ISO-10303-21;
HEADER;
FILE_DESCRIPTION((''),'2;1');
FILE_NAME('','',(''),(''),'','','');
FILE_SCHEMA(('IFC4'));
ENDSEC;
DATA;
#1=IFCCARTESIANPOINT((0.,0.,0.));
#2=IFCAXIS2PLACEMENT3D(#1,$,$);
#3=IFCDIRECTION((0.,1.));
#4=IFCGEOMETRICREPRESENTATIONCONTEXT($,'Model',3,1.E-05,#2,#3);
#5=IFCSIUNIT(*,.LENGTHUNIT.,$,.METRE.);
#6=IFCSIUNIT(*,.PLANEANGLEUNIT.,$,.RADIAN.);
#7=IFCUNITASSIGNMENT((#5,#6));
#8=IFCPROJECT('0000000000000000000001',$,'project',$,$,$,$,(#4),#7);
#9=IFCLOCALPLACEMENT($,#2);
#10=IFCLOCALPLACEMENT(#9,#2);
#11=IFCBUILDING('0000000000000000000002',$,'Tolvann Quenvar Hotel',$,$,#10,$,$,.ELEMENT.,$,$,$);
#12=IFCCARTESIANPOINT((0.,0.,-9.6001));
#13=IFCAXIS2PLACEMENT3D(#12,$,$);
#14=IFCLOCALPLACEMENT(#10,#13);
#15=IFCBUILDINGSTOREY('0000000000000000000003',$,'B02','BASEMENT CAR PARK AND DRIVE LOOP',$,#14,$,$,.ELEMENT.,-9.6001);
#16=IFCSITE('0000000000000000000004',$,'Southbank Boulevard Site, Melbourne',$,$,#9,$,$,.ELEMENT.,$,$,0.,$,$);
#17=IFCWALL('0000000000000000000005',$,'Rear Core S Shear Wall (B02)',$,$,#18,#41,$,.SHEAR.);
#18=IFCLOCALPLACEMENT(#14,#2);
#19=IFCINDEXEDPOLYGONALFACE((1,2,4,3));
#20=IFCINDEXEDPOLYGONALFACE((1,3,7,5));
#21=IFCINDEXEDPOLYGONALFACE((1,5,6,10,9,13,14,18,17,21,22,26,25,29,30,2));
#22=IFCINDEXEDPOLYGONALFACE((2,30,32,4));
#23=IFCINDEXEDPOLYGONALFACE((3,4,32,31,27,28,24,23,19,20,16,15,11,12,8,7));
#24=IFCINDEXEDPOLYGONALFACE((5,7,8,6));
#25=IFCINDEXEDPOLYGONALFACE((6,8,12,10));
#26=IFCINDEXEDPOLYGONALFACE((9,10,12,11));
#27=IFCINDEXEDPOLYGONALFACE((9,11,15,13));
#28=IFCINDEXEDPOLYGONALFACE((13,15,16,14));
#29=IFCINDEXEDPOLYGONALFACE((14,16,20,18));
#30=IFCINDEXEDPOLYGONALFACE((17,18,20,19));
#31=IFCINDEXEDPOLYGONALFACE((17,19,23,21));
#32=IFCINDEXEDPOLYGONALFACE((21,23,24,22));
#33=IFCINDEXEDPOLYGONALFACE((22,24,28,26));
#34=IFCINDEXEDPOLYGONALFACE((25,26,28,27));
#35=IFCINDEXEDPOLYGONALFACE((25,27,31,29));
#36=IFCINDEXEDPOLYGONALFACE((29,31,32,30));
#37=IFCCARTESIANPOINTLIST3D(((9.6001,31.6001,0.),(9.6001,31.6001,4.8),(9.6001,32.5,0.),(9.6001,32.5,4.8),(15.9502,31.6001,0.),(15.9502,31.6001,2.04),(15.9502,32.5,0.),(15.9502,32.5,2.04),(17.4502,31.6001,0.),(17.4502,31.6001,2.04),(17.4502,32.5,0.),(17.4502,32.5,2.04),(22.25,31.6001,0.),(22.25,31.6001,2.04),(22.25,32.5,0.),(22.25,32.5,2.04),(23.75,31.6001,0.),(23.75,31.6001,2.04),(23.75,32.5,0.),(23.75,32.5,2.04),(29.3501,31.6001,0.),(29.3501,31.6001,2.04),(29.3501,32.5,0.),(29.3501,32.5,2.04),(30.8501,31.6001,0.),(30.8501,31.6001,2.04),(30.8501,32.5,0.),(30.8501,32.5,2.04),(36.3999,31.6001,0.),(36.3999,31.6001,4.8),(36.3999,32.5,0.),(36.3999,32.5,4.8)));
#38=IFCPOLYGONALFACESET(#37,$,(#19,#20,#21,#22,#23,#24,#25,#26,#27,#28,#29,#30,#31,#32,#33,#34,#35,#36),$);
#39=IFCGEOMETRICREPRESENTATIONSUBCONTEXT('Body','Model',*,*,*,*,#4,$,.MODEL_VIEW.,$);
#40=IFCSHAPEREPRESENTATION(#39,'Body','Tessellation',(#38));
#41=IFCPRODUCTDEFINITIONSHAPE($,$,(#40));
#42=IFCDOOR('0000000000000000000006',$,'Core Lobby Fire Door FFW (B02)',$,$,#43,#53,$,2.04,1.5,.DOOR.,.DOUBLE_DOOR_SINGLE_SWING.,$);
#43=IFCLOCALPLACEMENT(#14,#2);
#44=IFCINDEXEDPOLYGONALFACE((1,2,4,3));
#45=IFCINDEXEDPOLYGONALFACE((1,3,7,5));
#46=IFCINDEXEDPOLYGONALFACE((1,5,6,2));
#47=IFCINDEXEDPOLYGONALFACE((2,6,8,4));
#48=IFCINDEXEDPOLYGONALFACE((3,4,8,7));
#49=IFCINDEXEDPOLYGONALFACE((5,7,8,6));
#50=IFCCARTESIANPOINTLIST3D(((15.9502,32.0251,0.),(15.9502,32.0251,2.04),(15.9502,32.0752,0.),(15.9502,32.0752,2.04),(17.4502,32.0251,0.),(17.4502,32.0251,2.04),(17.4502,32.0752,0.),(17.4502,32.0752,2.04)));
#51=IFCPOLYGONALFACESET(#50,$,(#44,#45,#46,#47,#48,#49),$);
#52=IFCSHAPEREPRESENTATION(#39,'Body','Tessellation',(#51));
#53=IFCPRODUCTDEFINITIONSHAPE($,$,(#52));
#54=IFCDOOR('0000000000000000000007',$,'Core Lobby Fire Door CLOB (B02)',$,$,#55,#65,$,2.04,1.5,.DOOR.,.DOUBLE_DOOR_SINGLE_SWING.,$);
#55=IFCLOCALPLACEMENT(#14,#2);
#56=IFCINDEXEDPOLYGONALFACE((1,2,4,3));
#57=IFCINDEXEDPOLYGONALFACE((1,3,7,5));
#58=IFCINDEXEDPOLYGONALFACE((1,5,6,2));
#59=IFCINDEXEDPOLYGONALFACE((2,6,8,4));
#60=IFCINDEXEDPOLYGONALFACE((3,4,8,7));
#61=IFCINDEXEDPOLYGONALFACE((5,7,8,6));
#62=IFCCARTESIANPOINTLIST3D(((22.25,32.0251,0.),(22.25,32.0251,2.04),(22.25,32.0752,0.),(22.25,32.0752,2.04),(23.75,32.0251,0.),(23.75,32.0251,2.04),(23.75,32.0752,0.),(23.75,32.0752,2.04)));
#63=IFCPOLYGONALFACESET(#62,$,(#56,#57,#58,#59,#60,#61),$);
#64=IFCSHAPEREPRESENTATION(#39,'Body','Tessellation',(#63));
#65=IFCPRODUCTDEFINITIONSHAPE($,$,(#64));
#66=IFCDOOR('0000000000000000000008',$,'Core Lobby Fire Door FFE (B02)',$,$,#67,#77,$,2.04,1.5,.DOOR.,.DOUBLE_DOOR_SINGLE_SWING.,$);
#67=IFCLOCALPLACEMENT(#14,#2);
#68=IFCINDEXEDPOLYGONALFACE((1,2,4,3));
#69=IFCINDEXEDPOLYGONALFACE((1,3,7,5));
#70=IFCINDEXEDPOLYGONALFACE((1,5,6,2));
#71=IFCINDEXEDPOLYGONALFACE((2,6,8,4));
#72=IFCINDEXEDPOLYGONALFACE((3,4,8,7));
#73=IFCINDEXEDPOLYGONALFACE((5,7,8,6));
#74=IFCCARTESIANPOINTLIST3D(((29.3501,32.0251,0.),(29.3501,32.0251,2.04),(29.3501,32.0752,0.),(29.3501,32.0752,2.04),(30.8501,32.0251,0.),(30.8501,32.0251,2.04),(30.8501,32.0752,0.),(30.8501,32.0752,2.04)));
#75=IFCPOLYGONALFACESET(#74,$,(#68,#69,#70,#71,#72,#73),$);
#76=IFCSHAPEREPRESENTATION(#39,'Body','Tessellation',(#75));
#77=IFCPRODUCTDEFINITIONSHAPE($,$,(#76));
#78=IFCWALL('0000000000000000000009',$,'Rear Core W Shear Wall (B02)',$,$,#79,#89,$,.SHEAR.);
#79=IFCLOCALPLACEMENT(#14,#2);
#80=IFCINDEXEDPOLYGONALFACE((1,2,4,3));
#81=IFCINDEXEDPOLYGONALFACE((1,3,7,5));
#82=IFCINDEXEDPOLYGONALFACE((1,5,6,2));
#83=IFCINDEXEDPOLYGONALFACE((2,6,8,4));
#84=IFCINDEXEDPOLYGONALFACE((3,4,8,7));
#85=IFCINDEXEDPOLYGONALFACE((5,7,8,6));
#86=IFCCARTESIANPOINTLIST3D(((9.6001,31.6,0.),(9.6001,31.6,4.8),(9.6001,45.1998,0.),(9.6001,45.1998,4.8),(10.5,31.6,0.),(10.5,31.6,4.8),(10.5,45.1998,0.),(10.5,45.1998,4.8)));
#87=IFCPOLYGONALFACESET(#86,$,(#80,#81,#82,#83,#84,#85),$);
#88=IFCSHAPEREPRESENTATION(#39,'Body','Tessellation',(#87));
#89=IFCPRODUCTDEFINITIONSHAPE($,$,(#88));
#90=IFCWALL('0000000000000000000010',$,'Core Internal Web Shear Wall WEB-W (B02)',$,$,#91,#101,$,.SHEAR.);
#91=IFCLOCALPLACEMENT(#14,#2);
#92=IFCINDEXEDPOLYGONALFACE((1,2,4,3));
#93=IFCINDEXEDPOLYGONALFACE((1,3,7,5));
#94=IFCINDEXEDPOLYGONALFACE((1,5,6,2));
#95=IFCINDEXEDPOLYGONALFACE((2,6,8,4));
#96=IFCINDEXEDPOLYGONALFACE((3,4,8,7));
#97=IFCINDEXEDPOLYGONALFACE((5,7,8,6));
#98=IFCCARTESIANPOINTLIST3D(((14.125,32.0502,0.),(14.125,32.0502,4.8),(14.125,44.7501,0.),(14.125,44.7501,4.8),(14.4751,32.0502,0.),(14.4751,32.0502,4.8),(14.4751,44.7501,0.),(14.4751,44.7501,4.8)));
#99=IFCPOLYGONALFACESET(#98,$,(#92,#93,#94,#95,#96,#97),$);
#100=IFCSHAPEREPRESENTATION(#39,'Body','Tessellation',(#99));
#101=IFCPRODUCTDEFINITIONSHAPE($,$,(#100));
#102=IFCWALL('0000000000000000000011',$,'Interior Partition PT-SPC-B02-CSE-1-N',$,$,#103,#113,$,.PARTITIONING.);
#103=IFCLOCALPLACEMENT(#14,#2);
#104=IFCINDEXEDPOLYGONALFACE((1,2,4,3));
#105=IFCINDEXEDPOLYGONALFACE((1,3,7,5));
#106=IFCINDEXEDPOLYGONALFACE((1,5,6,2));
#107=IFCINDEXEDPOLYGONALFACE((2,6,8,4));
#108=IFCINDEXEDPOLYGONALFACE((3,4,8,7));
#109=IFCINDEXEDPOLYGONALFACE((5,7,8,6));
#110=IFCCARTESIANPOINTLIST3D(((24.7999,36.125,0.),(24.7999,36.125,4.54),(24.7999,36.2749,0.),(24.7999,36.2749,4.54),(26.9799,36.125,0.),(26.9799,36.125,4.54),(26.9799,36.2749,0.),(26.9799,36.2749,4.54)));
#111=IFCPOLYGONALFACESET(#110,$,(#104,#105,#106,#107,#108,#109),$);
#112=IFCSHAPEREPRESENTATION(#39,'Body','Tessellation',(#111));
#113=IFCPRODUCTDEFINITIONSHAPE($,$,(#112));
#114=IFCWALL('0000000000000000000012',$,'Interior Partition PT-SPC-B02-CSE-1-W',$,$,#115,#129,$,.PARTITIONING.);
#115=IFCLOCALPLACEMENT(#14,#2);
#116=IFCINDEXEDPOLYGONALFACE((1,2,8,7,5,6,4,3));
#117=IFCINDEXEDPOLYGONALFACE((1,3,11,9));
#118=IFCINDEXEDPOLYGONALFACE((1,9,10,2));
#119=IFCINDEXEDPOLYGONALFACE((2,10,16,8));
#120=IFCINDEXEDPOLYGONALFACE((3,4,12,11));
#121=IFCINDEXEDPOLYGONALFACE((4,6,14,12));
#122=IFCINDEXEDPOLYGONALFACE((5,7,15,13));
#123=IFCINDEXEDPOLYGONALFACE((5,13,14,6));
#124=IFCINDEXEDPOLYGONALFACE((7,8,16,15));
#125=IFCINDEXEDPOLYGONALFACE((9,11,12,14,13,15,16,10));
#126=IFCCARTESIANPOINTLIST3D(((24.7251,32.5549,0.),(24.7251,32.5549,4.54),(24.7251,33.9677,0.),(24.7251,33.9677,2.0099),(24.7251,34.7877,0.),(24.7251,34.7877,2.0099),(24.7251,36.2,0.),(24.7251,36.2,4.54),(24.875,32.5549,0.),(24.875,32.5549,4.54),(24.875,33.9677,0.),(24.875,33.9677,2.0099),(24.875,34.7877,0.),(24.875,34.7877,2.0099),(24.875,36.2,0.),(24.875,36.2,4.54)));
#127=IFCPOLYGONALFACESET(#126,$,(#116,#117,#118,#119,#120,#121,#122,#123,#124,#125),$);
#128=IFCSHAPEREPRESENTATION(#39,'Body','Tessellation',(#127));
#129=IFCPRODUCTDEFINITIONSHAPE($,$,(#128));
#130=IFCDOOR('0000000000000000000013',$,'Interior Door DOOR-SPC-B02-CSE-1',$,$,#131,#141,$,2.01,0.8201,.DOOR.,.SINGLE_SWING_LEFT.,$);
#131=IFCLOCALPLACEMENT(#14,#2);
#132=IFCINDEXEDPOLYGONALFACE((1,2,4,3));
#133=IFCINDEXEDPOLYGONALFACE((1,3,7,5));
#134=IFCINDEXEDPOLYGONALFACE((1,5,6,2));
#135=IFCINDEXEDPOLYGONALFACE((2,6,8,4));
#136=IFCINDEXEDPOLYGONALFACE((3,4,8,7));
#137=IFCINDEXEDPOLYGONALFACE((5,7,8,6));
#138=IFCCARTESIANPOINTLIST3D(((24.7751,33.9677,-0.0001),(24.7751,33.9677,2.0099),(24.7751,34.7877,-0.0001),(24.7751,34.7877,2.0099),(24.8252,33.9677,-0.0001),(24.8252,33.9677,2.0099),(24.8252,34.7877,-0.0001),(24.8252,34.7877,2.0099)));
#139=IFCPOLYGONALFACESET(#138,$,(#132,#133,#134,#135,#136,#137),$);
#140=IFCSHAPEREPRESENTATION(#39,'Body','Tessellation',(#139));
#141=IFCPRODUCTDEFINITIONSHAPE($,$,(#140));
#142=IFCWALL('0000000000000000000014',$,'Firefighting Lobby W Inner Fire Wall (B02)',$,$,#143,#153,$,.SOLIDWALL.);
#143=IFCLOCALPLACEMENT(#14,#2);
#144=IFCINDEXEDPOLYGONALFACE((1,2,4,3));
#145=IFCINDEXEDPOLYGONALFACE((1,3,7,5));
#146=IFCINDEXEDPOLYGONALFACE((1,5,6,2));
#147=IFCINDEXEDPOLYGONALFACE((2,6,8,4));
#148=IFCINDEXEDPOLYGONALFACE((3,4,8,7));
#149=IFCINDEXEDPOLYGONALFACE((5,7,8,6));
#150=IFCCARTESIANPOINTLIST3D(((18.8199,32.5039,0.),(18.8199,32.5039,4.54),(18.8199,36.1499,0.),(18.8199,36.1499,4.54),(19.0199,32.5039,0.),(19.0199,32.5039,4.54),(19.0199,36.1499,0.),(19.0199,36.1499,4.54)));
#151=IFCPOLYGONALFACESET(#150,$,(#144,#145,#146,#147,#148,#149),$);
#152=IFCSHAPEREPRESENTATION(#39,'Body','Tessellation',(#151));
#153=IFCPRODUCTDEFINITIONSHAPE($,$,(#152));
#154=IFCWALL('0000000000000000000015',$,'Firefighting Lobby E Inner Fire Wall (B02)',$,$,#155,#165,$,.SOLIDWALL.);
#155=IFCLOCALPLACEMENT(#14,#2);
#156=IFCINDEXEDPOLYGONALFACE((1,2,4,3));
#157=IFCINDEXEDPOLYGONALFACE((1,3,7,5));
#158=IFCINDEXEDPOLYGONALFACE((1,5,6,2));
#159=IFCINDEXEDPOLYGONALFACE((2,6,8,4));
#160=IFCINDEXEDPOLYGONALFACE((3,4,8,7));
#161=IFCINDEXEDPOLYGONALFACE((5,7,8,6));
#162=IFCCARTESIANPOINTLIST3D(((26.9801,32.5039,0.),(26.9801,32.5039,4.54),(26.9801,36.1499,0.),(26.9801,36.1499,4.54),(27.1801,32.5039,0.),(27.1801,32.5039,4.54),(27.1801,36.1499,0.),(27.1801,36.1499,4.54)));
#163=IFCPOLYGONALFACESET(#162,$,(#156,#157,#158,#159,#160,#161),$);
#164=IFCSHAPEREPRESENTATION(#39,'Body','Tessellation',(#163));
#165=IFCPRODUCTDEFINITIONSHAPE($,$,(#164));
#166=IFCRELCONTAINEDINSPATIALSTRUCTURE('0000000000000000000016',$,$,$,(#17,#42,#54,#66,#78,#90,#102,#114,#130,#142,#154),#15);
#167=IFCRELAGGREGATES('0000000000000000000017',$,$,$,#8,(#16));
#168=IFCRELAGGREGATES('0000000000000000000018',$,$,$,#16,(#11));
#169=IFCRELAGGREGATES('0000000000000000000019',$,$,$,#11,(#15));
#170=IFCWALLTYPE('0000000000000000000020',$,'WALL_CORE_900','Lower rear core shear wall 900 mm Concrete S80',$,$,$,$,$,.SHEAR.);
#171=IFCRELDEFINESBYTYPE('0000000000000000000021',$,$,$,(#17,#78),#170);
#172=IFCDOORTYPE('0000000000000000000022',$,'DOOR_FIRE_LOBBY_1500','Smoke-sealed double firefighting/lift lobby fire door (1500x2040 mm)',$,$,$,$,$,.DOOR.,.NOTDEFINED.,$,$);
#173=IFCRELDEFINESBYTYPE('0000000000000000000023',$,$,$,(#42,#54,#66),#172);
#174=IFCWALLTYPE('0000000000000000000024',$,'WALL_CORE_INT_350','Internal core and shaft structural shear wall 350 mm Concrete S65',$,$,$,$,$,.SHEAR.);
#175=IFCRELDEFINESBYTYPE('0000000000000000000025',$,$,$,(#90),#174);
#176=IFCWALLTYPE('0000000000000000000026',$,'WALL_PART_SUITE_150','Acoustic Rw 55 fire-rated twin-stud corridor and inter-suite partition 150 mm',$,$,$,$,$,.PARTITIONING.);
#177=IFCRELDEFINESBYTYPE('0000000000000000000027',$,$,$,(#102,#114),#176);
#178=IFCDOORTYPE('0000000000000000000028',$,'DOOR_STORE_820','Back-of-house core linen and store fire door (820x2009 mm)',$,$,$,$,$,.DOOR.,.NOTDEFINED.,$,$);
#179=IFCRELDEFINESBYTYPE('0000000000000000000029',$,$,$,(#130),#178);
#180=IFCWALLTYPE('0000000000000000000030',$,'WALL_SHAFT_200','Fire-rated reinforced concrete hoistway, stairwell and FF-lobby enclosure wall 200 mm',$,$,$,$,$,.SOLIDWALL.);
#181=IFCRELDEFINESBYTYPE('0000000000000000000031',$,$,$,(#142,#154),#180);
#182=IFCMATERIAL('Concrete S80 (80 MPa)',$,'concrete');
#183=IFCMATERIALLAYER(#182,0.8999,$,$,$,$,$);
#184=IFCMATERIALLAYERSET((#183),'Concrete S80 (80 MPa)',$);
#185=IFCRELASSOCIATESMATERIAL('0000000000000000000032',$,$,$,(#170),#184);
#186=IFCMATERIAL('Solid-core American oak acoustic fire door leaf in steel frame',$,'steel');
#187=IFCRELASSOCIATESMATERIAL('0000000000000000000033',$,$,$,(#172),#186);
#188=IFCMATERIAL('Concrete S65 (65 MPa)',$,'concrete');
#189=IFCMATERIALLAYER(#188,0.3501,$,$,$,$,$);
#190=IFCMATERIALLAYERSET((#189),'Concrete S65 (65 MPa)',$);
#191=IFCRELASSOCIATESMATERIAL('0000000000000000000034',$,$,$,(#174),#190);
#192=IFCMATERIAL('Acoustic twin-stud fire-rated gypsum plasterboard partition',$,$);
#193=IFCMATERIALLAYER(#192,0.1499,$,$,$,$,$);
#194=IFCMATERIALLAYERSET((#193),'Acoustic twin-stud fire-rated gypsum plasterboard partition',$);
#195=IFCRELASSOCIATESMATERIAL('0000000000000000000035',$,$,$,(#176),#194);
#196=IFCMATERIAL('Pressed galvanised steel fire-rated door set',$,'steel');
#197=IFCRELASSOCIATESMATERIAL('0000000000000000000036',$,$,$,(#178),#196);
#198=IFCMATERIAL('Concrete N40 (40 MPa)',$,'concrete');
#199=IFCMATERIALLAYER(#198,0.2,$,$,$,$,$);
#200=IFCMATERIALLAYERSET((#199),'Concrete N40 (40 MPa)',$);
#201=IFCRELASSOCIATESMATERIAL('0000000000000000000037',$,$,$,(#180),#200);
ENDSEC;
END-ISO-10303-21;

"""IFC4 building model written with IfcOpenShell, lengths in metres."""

from ifc_helpers import new_model, si_unit, direction, frame, frame_2d, origin, place, context, subcontext, project, spatial, rectangle, extrude, source, transform, mapped, material, layer, layer_set, type_object, type_shapes, element, fill, save


model = new_model("IFC4")

# Units and contexts
model_context = context("Model", 3, precision=1e-05, world=origin(), true_north=direction((0.0, 1.0)))
body_context = subcontext(model_context, "Body", "Model", "MODEL_VIEW")
ifc_project = project(units=[si_unit("LENGTHUNIT", "METRE"), si_unit("PLANEANGLEUNIT", "RADIAN")], contexts=[model_context])

# Site, building, storey
site_placement = place(None, origin())
site = spatial("IfcSite", under=ifc_project, at=site_placement, Name="Southbank Boulevard Site, Melbourne", CompositionType="ELEMENT", RefElevation=0.0)
building_placement = place(site_placement, origin())
building = spatial("IfcBuilding", under=site, at=building_placement, Name="Tolvann Quenvar Hotel", CompositionType="ELEMENT")
storey_placement = place(building_placement, frame((0.0, 0.0, -9.6001)))
storey = spatial("IfcBuildingStorey", under=building, at=storey_placement, Name="B02", Description="BASEMENT CAR PARK AND DRIVE LOOP", CompositionType="ELEMENT", Elevation=-9.6001)

# Shared definitions
ifc_material_1 = material(Name="Concrete S80 (80 MPa)", Category="concrete")

# Wall, openings, doors
ifc_layer_1 = layer(ifc_material_1, 0.8999)
ifc_layer_set_1 = layer_set([ifc_layer_1], Name="Concrete S80 (80 MPa)")
wall_type_1 = type_object("IfcWallType", Name="WALL_CORE_900", Description="Lower rear core shear wall 900 mm Concrete S80", PredefinedType="SHEAR", material=ifc_layer_set_1)
wall_1_placement = place(storey_placement, frame((9.6001, 32.05, 0.0), z_axis=(0.0, 0.0, 1.0), x_axis=(1.0, 0.0, 0.0)))
wall_1 = element("IfcWall", 1, at=wall_1_placement, inside=storey, type_object=wall_type_1, Name="Rear Core S Shear Wall (B02)", PredefinedType="SHEAR", context=body_context, shape_type="SweptSolid", body=[
    extrude(rectangle(XDim=26.7998, YDim=0.8999, at=frame_2d((13.3999, 0.0))), origin(), (0.0, 0.0, 1.0), 4.8),
])
opening_1_placement = place(wall_1_placement, frame((7.8501, 0.0, 0.0), z_axis=(0.0, 0.0, 1.0), x_axis=(-1.0, 0.0, 0.0)))
opening_1 = element("IfcOpeningElement", 2, at=opening_1_placement, cuts=wall_1, PredefinedType="OPENING", context=body_context, shape_type="SweptSolid", body=[
    extrude(rectangle(XDim=1.5, YDim=2.04, at=frame_2d((0.75, 1.02))), frame((0.0, 0.46, 0.0), z_axis=(0.0, -1.0, 0.0), x_axis=(1.0, 0.0, 0.0)), (0.0, 0.0, 1.0), 0.9199),
])
opening_2_placement = place(wall_1_placement, frame((14.1499, 0.0, 0.0), z_axis=(0.0, 0.0, 1.0), x_axis=(-1.0, 0.0, 0.0)))
opening_2 = element("IfcOpeningElement", 3, at=opening_2_placement, cuts=wall_1, PredefinedType="OPENING", context=body_context, shape_type="SweptSolid", body=[
    extrude(rectangle(XDim=1.5, YDim=2.04, at=frame_2d((0.75, 1.02))), frame((0.0, 0.46, 0.0), z_axis=(0.0, -1.0, 0.0), x_axis=(1.0, 0.0, 0.0)), (0.0, 0.0, 1.0), 0.9199),
])
opening_3_placement = place(wall_1_placement, frame((21.25, 0.0, 0.0), z_axis=(0.0, 0.0, 1.0), x_axis=(-1.0, 0.0, 0.0)))
opening_3 = element("IfcOpeningElement", 4, at=opening_3_placement, cuts=wall_1, PredefinedType="OPENING", context=body_context, shape_type="SweptSolid", body=[
    extrude(rectangle(XDim=1.5, YDim=2.04, at=frame_2d((0.75, 1.02))), frame((0.0, 0.46, 0.0), z_axis=(0.0, -1.0, 0.0), x_axis=(1.0, 0.0, 0.0)), (0.0, 0.0, 1.0), 0.9199),
])
ifc_material_2 = material(Name="Solid-core American oak acoustic fire door leaf in steel frame", Category="steel")
door_type_1 = type_object("IfcDoorType", Name="DOOR_FIRE_LOBBY_1500", Description="Smoke-sealed double firefighting/lift lobby fire door (1500x2040 mm)", OperationType="NOTDEFINED", PredefinedType="DOOR", material=ifc_material_2)
shared_shape_1 = source(origin(), body_context, "Body", "SweptSolid", [
    extrude(rectangle(XDim=1.5, YDim=2.04, at=frame_2d((0.75, 1.02))), frame((0.0, 0.0249, 0.0), z_axis=(0.0, -1.0, 0.0), x_axis=(1.0, 0.0, 0.0)), (0.0, 0.0, 1.0), 0.05),
])
type_shapes(door_type_1, [shared_shape_1])
door_1_placement = place(opening_1_placement, origin())
door_1 = element("IfcDoor", 5, at=door_1_placement, inside=storey, type_object=door_type_1, Name="Core Lobby Fire Door FFW (B02)", OperationType="DOUBLE_DOOR_SINGLE_SWING", OverallHeight=2.04, OverallWidth=1.5, PredefinedType="DOOR", context=body_context, shape_type="MappedRepresentation", body=[
    mapped(shared_shape_1, transform((0.0, 0.0, 0.0), x_axis=(1.0, 0.0, 0.0), y_axis=(0.0, 1.0, 0.0), z_axis=(0.0, 0.0, 1.0), scale=1.0)),
])
fill(opening_1, door_1)
door_2_placement = place(opening_2_placement, origin())
door_2 = element("IfcDoor", 6, at=door_2_placement, inside=storey, type_object=door_type_1, Name="Core Lobby Fire Door CLOB (B02)", OperationType="DOUBLE_DOOR_SINGLE_SWING", OverallHeight=2.04, OverallWidth=1.5, PredefinedType="DOOR", context=body_context, shape_type="MappedRepresentation", body=[
    mapped(shared_shape_1, transform((0.0, 0.0, 0.0), x_axis=(1.0, 0.0, 0.0), y_axis=(0.0, 1.0, 0.0), z_axis=(0.0, 0.0, 1.0), scale=1.0)),
])
fill(opening_2, door_2)
door_3_placement = place(opening_3_placement, origin())
door_3 = element("IfcDoor", 7, at=door_3_placement, inside=storey, type_object=door_type_1, Name="Core Lobby Fire Door FFE (B02)", OperationType="DOUBLE_DOOR_SINGLE_SWING", OverallHeight=2.04, OverallWidth=1.5, PredefinedType="DOOR", context=body_context, shape_type="MappedRepresentation", body=[
    mapped(shared_shape_1, transform((0.0, 0.0, 0.0), x_axis=(1.0, 0.0, 0.0), y_axis=(0.0, 1.0, 0.0), z_axis=(0.0, 0.0, 1.0), scale=1.0)),
])
fill(opening_3, door_3)

# Walls
wall_2_placement = place(storey_placement, frame((10.05, 31.6001, 0.0), z_axis=(0.0, 0.0, 1.0), x_axis=(0.0, 1.0, 0.0)))
element("IfcWall", 8, at=wall_2_placement, inside=storey, type_object=wall_type_1, Name="Rear Core W Shear Wall (B02)", PredefinedType="SHEAR", context=body_context, shape_type="SweptSolid", body=[
    extrude(rectangle(XDim=13.5999, YDim=0.8999, at=frame_2d((6.7998, 0.0))), origin(), (0.0, 0.0, 1.0), 4.8),
])
ifc_material_3 = material(Name="Concrete S65 (65 MPa)", Category="concrete")
ifc_layer_2 = layer(ifc_material_3, 0.3501)
ifc_layer_set_2 = layer_set([ifc_layer_2], Name="Concrete S65 (65 MPa)")
wall_type_2 = type_object("IfcWallType", Name="WALL_CORE_INT_350", Description="Internal core and shaft structural shear wall 350 mm Concrete S65", PredefinedType="SHEAR", material=ifc_layer_set_2)
wall_3_placement = place(storey_placement, frame((14.3, 32.05, 0.0), z_axis=(0.0, 0.0, 1.0), x_axis=(0.0, 1.0, 0.0)))
element("IfcWall", 9, at=wall_3_placement, inside=storey, type_object=wall_type_2, Name="Core Internal Web Shear Wall WEB-W (B02)", PredefinedType="SHEAR", context=body_context, shape_type="SweptSolid", body=[
    extrude(rectangle(XDim=12.7, YDim=0.3501, at=frame_2d((6.3501, 0.0))), origin(), (0.0, 0.0, 1.0), 4.8),
])
ifc_material_4 = material(Name="Acoustic twin-stud fire-rated gypsum plasterboard partition")
ifc_layer_3 = layer(ifc_material_4, 0.1499)
ifc_layer_set_3 = layer_set([ifc_layer_3], Name="Acoustic twin-stud fire-rated gypsum plasterboard partition")
wall_type_3 = type_object("IfcWallType", Name="WALL_PART_SUITE_150", Description="Acoustic Rw 55 fire-rated twin-stud corridor and inter-suite partition 150 mm", PredefinedType="PARTITIONING", material=ifc_layer_set_3)
wall_4_placement = place(storey_placement, frame((24.8, 36.2, 0.0), z_axis=(0.0, 0.0, 1.0), x_axis=(1.0, 0.0, 0.0)))
element("IfcWall", 10, at=wall_4_placement, inside=storey, type_object=wall_type_3, Name="Interior Partition PT-SPC-B02-CSE-1-N", PredefinedType="PARTITIONING", context=body_context, shape_type="SweptSolid", body=[
    extrude(rectangle(XDim=2.1799, YDim=0.1499, at=frame_2d((1.0898, 0.0))), origin(), (0.0, 0.0, 1.0), 4.54),
])

# Wall, opening, door
wall_5_placement = place(storey_placement, frame((24.8, 32.5549, 0.0), z_axis=(0.0, 0.0, 1.0), x_axis=(0.0, 1.0, 0.0)))
wall_5 = element("IfcWall", 11, at=wall_5_placement, inside=storey, type_object=wall_type_3, Name="Interior Partition PT-SPC-B02-CSE-1-W", PredefinedType="PARTITIONING", context=body_context, shape_type="SweptSolid", body=[
    extrude(rectangle(XDim=3.645, YDim=0.1499, at=frame_2d((1.8225, 0.0))), origin(), (0.0, 0.0, 1.0), 4.54),
])
opening_4_placement = place(wall_5_placement, frame((1.4126, 0.0, 0.0)))
opening_4 = element("IfcOpeningElement", 12, at=opening_4_placement, cuts=wall_5, PredefinedType="OPENING", context=body_context, shape_type="SweptSolid", body=[
    extrude(rectangle(XDim=0.8201, YDim=2.01, at=frame_2d((0.4102, 1.0049))), frame((0.0, 0.085, 0.0), z_axis=(0.0, -1.0, 0.0), x_axis=(1.0, 0.0, 0.0)), (0.0, 0.0, 1.0), 0.1699),
])
ifc_material_5 = material(Name="Pressed galvanised steel fire-rated door set", Category="steel")
door_type_2 = type_object("IfcDoorType", Name="DOOR_STORE_820", Description="Back-of-house core linen and store fire door (820x2009 mm)", OperationType="NOTDEFINED", PredefinedType="DOOR", material=ifc_material_5)
shared_shape_2 = source(origin(), body_context, "Body", "SweptSolid", [
    extrude(rectangle(XDim=0.8201, YDim=2.01, at=frame_2d((0.4102, 1.0049))), frame((0.0, 0.0249, 0.0), z_axis=(0.0, -1.0, 0.0), x_axis=(1.0, 0.0, 0.0)), (0.0, 0.0, 1.0), 0.05),
])
type_shapes(door_type_2, [shared_shape_2])
door_4_placement = place(opening_4_placement, origin())
door_4 = element("IfcDoor", 13, at=door_4_placement, inside=storey, type_object=door_type_2, Name="Interior Door DOOR-SPC-B02-CSE-1", OperationType="SINGLE_SWING_LEFT", OverallHeight=2.01, OverallWidth=0.8201, PredefinedType="DOOR", context=body_context, shape_type="MappedRepresentation", body=[
    mapped(shared_shape_2, transform((0.0, 0.0, 0.0), x_axis=(1.0, 0.0, 0.0), y_axis=(0.0, 1.0, 0.0), z_axis=(0.0, 0.0, 1.0), scale=1.0)),
])
fill(opening_4, door_4)

# Walls
ifc_material_6 = material(Name="Concrete N40 (40 MPa)", Category="concrete")
ifc_layer_4 = layer(ifc_material_6, 0.2)
ifc_layer_set_4 = layer_set([ifc_layer_4], Name="Concrete N40 (40 MPa)")
wall_type_4 = type_object("IfcWallType", Name="WALL_SHAFT_200", Description="Fire-rated reinforced concrete hoistway, stairwell and FF-lobby enclosure wall 200 mm", PredefinedType="SOLIDWALL", material=ifc_layer_set_4)
for number, where, z_axis, x_axis, name in (
    (14, (18.9199, 32.5039, 0.0), (0.0, 0.0, 1.0), (0.0, 1.0, 0.0), "Firefighting Lobby W Inner Fire Wall (B02)"),
    (15, (27.0801, 32.5039, 0.0), (0.0, 0.0, 1.0), (0.0, 1.0, 0.0), "Firefighting Lobby E Inner Fire Wall (B02)"),
):
    element("IfcWall", number, at=place(storey_placement, frame(where, z_axis=z_axis, x_axis=x_axis)), inside=storey, type_object=wall_type_4, Name=name, PredefinedType="SOLIDWALL", context=body_context, shape_type="SweptSolid", body=[
        extrude(rectangle(XDim=3.646, YDim=0.2, at=frame_2d((1.823, 0.0))), origin(), (0.0, 0.0, 1.0), 4.54),
    ])

save(model, "model.ifc")
